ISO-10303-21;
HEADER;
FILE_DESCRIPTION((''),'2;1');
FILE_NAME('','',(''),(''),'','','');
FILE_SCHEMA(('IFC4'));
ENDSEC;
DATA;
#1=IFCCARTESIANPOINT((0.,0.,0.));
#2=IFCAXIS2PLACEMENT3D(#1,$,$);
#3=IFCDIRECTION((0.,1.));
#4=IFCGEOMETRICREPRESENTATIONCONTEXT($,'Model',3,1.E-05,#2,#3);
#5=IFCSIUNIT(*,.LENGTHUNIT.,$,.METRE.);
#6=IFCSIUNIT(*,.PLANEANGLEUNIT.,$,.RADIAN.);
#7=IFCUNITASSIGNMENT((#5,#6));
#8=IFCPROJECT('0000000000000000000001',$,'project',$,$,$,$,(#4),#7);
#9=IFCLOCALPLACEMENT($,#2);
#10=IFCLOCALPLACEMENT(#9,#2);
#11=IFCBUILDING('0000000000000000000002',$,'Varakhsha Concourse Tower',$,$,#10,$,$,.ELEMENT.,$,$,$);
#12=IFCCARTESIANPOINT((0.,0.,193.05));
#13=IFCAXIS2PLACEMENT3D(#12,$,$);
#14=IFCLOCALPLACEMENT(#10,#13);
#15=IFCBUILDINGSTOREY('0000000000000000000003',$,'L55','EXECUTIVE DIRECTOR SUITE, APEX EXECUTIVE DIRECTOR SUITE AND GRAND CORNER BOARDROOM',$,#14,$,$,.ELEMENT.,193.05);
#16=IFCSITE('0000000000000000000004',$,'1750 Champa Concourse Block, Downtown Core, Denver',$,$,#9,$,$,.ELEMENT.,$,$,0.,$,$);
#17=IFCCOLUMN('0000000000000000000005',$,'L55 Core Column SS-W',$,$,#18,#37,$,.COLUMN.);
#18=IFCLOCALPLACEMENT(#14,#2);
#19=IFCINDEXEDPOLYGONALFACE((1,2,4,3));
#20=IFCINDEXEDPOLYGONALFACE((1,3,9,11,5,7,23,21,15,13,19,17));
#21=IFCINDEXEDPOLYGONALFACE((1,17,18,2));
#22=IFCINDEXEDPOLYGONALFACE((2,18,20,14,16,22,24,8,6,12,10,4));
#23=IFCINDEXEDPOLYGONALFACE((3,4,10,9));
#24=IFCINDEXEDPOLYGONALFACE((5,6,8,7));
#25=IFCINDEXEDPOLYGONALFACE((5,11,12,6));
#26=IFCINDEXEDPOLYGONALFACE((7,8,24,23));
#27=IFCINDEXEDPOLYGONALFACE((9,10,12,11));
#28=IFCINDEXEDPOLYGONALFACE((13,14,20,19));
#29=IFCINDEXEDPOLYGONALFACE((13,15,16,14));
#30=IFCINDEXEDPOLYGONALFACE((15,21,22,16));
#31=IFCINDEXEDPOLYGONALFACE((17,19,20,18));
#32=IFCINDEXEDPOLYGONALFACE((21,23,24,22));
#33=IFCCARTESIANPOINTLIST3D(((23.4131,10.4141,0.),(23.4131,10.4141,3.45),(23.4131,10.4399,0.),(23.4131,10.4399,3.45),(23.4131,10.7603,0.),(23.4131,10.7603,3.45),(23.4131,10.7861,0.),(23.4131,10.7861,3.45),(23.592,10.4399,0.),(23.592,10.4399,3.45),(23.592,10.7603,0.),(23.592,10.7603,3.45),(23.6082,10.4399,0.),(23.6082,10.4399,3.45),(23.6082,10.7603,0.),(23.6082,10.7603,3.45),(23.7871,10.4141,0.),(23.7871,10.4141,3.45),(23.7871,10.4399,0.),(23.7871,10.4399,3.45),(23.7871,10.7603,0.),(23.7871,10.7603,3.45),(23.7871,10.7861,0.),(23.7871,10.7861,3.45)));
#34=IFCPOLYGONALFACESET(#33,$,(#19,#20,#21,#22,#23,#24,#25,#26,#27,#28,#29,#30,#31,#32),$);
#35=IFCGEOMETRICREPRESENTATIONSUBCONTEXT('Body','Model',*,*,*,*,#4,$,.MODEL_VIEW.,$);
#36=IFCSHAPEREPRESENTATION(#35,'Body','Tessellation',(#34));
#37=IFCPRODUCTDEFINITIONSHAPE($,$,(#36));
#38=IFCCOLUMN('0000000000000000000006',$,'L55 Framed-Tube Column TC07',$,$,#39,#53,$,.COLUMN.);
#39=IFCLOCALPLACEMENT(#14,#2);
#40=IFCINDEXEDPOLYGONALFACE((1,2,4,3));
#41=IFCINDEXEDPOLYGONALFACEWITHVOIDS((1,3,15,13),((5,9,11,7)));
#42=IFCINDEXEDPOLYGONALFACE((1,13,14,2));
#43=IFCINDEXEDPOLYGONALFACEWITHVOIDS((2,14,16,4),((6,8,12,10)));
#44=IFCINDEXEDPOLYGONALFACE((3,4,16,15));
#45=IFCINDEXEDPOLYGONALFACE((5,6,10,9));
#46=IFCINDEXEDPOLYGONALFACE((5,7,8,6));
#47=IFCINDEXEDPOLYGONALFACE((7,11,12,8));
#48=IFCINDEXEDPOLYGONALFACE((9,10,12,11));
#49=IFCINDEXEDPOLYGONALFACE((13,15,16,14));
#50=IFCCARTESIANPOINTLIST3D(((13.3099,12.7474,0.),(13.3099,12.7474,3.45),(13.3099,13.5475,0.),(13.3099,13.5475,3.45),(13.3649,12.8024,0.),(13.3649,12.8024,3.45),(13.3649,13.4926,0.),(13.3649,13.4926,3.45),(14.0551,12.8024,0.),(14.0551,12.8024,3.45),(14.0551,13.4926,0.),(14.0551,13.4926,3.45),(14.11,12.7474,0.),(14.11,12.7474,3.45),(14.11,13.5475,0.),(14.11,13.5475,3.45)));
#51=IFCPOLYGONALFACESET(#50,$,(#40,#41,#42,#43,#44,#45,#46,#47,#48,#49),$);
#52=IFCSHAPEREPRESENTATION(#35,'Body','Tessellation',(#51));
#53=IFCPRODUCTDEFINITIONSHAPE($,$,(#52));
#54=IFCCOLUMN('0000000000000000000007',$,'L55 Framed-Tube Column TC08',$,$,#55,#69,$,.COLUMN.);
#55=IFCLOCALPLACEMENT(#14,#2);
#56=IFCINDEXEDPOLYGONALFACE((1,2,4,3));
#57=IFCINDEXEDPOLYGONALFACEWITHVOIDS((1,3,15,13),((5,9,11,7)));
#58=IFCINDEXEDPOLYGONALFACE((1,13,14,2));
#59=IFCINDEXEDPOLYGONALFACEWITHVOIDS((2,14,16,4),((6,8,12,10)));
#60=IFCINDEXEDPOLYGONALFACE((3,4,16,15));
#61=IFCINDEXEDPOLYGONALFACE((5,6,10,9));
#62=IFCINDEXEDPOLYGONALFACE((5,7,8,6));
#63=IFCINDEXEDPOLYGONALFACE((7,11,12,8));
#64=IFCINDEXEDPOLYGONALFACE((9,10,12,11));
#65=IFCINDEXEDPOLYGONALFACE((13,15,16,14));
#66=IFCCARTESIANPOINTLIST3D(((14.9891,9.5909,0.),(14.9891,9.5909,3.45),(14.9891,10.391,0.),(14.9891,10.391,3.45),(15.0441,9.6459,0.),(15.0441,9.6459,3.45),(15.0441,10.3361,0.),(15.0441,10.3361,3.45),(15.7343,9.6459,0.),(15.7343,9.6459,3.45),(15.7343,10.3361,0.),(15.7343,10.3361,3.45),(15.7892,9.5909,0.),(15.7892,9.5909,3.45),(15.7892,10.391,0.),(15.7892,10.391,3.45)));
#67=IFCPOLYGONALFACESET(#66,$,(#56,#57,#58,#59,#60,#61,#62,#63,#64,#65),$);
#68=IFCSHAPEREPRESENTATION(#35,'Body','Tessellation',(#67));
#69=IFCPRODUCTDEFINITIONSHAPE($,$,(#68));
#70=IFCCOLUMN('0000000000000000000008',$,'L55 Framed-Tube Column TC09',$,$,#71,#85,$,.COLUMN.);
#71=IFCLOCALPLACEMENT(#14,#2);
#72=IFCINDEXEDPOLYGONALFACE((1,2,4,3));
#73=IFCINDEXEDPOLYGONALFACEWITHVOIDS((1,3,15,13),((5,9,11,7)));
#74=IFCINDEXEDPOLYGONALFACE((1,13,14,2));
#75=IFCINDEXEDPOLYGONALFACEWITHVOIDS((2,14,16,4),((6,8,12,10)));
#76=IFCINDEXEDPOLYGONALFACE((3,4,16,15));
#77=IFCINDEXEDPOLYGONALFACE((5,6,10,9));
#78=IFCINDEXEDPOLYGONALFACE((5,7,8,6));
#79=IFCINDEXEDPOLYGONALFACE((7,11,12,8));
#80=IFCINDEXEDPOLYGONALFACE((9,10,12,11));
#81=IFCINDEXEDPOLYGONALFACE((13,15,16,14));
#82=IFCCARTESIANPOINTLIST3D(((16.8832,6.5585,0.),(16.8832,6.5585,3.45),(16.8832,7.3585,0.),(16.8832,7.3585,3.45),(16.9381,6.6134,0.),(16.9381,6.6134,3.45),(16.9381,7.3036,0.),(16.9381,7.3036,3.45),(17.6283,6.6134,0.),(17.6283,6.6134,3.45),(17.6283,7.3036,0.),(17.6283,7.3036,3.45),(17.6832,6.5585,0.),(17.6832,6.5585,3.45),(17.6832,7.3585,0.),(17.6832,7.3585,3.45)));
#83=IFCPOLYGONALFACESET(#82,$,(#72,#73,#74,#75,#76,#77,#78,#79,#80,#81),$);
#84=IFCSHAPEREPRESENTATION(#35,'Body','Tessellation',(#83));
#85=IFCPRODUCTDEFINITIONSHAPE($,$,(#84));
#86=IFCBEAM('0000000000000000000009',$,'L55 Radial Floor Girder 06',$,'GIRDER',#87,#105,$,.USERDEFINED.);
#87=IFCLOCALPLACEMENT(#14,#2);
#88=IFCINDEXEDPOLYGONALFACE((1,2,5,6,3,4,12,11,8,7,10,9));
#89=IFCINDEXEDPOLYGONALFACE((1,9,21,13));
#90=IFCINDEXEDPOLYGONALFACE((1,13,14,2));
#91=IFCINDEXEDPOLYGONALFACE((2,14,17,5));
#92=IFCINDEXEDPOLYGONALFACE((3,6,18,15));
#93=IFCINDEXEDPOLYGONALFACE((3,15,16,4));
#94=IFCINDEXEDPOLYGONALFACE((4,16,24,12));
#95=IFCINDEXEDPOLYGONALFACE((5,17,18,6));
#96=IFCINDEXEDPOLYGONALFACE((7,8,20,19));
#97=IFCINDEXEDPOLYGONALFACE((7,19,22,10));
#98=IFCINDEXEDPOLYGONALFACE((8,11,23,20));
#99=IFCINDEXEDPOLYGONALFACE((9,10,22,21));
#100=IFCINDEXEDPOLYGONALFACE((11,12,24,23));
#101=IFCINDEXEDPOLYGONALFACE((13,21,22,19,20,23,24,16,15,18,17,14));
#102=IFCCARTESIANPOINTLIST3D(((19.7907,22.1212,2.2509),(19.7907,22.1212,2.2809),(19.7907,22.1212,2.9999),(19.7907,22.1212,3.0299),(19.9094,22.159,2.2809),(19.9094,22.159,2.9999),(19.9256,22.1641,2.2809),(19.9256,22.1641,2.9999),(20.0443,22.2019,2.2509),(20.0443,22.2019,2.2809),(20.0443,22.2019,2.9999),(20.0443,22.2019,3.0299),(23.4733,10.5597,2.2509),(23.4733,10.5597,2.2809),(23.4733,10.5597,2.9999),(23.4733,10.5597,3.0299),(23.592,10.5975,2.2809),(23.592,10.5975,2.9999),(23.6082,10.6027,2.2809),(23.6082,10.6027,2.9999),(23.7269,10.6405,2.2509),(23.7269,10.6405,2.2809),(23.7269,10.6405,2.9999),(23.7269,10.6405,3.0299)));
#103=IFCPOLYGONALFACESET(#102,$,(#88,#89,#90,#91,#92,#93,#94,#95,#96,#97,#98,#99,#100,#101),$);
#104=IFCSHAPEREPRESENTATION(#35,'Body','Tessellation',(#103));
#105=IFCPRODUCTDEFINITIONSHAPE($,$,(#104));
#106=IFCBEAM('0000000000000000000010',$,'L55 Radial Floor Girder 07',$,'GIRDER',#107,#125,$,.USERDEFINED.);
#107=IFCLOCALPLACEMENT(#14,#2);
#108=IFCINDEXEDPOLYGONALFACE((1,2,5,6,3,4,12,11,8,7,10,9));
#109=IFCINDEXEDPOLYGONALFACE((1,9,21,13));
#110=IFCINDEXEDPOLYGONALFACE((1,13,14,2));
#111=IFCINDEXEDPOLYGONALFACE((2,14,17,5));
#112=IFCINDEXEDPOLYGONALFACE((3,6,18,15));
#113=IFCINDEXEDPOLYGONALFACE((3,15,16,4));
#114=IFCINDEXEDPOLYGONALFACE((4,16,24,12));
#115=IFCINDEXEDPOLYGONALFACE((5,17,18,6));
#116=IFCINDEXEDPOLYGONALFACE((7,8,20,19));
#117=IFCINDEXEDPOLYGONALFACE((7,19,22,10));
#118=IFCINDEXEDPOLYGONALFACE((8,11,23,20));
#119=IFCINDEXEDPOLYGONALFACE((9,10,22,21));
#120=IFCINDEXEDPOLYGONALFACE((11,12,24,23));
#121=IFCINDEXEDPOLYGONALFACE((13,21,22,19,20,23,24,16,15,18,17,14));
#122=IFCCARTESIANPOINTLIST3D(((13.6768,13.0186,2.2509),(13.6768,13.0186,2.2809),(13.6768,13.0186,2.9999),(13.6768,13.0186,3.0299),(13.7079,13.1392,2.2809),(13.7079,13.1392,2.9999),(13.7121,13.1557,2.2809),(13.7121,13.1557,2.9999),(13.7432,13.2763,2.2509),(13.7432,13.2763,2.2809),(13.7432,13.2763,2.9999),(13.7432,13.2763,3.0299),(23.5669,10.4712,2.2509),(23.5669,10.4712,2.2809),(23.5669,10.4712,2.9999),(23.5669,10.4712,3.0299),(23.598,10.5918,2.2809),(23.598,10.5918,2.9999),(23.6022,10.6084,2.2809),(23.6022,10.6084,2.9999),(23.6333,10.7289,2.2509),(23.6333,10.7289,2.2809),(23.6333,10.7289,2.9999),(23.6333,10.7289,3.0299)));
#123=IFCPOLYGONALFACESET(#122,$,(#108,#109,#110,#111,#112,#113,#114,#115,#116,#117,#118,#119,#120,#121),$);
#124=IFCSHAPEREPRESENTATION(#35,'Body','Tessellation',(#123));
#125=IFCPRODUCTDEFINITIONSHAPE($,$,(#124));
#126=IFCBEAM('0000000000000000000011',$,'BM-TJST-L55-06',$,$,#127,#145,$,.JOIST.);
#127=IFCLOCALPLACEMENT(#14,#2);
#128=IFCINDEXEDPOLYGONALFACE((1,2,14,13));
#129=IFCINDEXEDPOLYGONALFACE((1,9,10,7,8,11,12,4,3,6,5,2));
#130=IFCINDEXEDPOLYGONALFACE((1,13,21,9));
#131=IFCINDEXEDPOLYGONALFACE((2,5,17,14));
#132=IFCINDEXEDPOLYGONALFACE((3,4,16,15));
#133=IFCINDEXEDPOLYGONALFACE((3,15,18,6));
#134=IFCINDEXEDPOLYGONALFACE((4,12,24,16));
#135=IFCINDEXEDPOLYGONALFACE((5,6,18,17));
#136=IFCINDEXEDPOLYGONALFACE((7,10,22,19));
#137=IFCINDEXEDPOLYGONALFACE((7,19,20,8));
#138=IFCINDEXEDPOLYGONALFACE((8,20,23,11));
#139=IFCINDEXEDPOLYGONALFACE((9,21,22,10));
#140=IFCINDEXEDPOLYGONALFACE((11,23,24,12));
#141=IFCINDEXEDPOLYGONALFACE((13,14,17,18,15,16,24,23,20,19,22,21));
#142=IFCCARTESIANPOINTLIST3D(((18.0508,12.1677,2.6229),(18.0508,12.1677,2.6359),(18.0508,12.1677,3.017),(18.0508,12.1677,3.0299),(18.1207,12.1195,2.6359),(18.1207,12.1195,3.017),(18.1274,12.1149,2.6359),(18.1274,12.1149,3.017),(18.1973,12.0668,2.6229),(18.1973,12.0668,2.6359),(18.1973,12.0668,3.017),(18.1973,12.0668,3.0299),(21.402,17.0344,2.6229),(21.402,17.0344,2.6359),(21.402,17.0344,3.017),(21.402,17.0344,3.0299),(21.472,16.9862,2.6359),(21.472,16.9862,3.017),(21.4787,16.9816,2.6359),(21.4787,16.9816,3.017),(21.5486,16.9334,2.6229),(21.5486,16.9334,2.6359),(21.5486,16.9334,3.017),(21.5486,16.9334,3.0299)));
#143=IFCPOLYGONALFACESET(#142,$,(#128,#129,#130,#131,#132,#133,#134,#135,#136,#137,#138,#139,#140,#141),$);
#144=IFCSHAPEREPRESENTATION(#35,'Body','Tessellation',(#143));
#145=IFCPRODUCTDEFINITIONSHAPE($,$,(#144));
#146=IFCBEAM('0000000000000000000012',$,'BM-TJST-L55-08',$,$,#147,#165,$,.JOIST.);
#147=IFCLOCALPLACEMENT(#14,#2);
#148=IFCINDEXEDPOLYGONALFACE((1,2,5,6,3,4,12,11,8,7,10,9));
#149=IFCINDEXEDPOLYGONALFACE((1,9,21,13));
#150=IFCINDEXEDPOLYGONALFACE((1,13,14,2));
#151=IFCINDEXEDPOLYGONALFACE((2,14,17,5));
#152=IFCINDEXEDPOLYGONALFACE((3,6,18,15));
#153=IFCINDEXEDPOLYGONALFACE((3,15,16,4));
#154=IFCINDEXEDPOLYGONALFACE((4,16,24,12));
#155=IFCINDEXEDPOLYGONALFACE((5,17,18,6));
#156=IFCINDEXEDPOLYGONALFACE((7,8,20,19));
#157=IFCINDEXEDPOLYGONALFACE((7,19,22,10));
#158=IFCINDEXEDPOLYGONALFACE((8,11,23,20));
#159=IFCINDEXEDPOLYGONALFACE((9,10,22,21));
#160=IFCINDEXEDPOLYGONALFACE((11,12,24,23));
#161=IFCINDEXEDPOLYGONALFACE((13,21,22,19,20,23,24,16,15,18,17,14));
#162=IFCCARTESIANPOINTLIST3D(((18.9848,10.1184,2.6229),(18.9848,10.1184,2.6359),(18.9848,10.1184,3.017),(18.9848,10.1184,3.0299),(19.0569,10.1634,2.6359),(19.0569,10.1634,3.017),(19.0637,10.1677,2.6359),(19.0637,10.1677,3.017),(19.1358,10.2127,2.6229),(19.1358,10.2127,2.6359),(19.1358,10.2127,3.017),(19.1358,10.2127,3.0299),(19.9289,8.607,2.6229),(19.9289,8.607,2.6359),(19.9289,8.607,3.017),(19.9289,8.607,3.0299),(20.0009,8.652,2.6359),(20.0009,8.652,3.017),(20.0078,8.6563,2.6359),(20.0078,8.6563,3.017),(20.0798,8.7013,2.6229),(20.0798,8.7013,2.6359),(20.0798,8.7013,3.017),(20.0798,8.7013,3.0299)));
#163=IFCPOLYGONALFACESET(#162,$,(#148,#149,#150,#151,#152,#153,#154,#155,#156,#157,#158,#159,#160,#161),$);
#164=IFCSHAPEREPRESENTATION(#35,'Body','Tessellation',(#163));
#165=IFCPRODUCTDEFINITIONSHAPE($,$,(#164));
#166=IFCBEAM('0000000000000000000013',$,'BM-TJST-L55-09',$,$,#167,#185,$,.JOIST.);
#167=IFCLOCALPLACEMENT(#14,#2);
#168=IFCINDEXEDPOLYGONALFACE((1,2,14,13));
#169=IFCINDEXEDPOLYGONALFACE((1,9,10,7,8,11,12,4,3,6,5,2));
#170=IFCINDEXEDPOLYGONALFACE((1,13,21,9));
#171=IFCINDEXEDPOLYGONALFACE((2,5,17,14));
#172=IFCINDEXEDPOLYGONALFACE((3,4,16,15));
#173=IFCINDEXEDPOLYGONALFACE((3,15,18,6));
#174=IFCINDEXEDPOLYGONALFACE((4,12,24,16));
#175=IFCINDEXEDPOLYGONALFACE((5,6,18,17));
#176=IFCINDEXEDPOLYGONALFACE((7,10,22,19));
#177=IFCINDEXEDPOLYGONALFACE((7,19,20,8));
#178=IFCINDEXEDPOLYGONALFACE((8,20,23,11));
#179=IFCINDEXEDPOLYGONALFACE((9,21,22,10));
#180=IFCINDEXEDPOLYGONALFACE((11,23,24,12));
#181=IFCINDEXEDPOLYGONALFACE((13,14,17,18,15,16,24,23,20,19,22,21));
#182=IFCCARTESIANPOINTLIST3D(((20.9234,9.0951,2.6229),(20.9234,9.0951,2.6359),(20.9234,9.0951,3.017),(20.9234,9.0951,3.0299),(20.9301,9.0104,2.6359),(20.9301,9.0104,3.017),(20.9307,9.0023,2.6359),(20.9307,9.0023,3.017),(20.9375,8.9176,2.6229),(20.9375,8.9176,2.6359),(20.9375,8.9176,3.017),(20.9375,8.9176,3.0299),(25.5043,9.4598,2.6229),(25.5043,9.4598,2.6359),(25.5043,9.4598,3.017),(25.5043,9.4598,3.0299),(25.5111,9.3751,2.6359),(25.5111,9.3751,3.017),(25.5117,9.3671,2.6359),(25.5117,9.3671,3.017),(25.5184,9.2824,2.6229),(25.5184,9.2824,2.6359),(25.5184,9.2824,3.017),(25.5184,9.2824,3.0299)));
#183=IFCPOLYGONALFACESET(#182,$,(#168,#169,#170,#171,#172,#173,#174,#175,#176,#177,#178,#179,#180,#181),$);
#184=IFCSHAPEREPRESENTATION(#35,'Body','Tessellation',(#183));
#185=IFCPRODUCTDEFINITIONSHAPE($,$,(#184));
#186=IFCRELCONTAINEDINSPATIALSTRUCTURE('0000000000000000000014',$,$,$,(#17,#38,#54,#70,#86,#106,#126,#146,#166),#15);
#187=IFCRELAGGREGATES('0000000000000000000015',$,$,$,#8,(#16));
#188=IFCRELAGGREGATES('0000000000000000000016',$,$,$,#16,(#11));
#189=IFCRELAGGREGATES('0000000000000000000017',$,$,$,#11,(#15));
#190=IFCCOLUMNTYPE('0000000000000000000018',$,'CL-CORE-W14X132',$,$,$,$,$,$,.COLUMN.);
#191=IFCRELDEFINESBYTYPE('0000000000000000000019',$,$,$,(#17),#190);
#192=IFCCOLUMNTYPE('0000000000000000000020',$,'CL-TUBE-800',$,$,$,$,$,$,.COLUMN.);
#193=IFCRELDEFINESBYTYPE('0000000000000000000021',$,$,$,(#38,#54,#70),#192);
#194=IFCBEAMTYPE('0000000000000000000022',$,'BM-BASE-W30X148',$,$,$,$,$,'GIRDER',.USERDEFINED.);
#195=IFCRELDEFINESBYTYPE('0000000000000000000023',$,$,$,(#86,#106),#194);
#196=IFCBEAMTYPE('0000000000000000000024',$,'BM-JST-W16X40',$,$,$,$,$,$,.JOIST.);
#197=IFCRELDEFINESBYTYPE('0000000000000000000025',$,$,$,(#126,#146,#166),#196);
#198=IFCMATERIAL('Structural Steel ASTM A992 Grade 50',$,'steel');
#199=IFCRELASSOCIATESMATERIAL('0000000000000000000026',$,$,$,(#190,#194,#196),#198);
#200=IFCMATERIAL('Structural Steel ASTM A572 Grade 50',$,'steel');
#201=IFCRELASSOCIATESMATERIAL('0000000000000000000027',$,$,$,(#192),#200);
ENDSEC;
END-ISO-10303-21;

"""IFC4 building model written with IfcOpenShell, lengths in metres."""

from ifc_helpers import new_model, si_unit, direction, frame, origin, origin_2d, place, context, subcontext, project, spatial, hollow_rectangle, i_section, extrude, material, material_profile, profile_set, type_object, element, save


model = new_model("IFC4")

# Units and contexts
model_context = context("Model", 3, precision=1e-05, world=origin(), true_north=direction((0.0, 1.0)))
body_context = subcontext(model_context, "Body", "Model", "MODEL_VIEW")
ifc_project = project(units=[si_unit("LENGTHUNIT", "METRE"), si_unit("PLANEANGLEUNIT", "RADIAN")], contexts=[model_context])

# Site, building, storey
site_placement = place(None, origin())
site = spatial("IfcSite", under=ifc_project, at=site_placement, Name="1750 Champa Concourse Block, Downtown Core, Denver", CompositionType="ELEMENT", RefElevation=0.0)
building_placement = place(site_placement, origin())
building = spatial("IfcBuilding", under=site, at=building_placement, Name="Varakhsha Concourse Tower", CompositionType="ELEMENT")
storey_placement = place(building_placement, frame((0.0, 0.0, 193.05)))
storey = spatial("IfcBuildingStorey", under=building, at=storey_placement, Name="L55", Description="EXECUTIVE DIRECTOR SUITE, APEX EXECUTIVE DIRECTOR SUITE AND GRAND CORNER BOARDROOM", CompositionType="ELEMENT", Elevation=193.05)

# Columns
ifc_material_1 = material(Name="Structural Steel ASTM A992 Grade 50", Category="steel")
ifc_material_profile_1 = material_profile(ifc_material_1, i_section(OverallWidth=0.374, OverallDepth=0.3721, WebThickness=0.0161, FlangeThickness=0.0259, at=origin_2d()), Name="W14X132")
ifc_profile_set_1 = profile_set([ifc_material_profile_1], Name="Structural Steel ASTM A992 Grade 50")
column_type_1 = type_object("IfcColumnType", Name="CL-CORE-W14X132", PredefinedType="COLUMN", material=ifc_profile_set_1)
column_placement = place(storey_placement, frame((23.6001, 10.6001, 0.0), z_axis=(0.0, 0.0, 1.0), x_axis=(1.0, 0.0, 0.0)))
element("IfcColumn", 1, at=column_placement, inside=storey, type_object=column_type_1, Name="L55 Core Column SS-W", PredefinedType="COLUMN", context=body_context, shape_type="SweptSolid", body=[
    extrude(i_section(OverallWidth=0.374, OverallDepth=0.3721, WebThickness=0.0161, FlangeThickness=0.0259, at=origin_2d()), origin(), (0.0, 0.0, 1.0), 3.45),
])
ifc_material_2 = material(Name="Structural Steel ASTM A572 Grade 50", Category="steel")
ifc_material_profile_2 = material_profile(ifc_material_2, hollow_rectangle(XDim=0.8, YDim=0.8, WallThickness=0.0549, at=origin_2d()), Name="BOX 800x800x55")
ifc_profile_set_2 = profile_set([ifc_material_profile_2], Name="Structural Steel ASTM A572 Grade 50")
column_type_2 = type_object("IfcColumnType", Name="CL-TUBE-800", PredefinedType="COLUMN", material=ifc_profile_set_2)
for number, where, z_axis, x_axis, name in (
    (2, (13.71, 13.1475, 0.0), (0.0, 0.0, 1.0), (1.0, 0.0, 0.0), "L55 Framed-Tube Column TC07"),
    (3, (15.3892, 9.991, 0.0), (0.0, 0.0, 1.0), (1.0, 0.0, 0.0), "L55 Framed-Tube Column TC08"),
    (4, (17.2832, 6.9585, 0.0), (0.0, 0.0, 1.0), (1.0, 0.0, 0.0), "L55 Framed-Tube Column TC09"),
):
    element("IfcColumn", number, at=place(storey_placement, frame(where, z_axis=z_axis, x_axis=x_axis)), inside=storey, type_object=column_type_2, Name=name, PredefinedType="COLUMN", context=body_context, shape_type="SweptSolid", body=[
        extrude(hollow_rectangle(XDim=0.8, YDim=0.8, WallThickness=0.0549, at=origin_2d()), origin(), (0.0, 0.0, 1.0), 3.45),
    ])

# Beams
ifc_material_profile_3 = material_profile(ifc_material_1, i_section(OverallWidth=0.2661, OverallDepth=0.7791, WebThickness=0.0171, FlangeThickness=0.03, at=origin_2d()), Name="W30X148")
ifc_profile_set_3 = profile_set([ifc_material_profile_3], Name="Structural Steel ASTM A992 Grade 50")
beam_type_1 = type_object("IfcBeamType", Name="BM-BASE-W30X148", ElementType="GIRDER", PredefinedType="USERDEFINED", material=ifc_profile_set_3)
beam_1_placement = place(storey_placement, frame((23.6001, 10.6001, 2.6404), z_axis=(-0.303499, 0.952832, 0.0), x_axis=(-0.952832, -0.303499, 0.0)))
element("IfcBeam", 5, at=beam_1_placement, inside=storey, type_object=beam_type_1, Name="L55 Radial Floor Girder 06", ObjectType="GIRDER", PredefinedType="USERDEFINED", context=body_context, shape_type="SweptSolid", body=[
    extrude(i_section(OverallWidth=0.2661, OverallDepth=0.7791, WebThickness=0.0171, FlangeThickness=0.03, at=origin_2d()), origin(), (0.0, 0.0, 1.0), 12.1338),
])
beam_2_placement = place(storey_placement, frame((23.6001, 10.6001, 2.6404), z_axis=(-0.968394, 0.249425, 0.0), x_axis=(-0.249425, -0.968394, 0.0)))
element("IfcBeam", 6, at=beam_2_placement, inside=storey, type_object=beam_type_1, Name="L55 Radial Floor Girder 07", ObjectType="GIRDER", PredefinedType="USERDEFINED", context=body_context, shape_type="SweptSolid", body=[
    extrude(i_section(OverallWidth=0.2661, OverallDepth=0.7791, WebThickness=0.0171, FlangeThickness=0.03, at=origin_2d()), origin(), (0.0, 0.0, 1.0), 10.2129),
])
ifc_material_profile_4 = material_profile(ifc_material_1, i_section(OverallWidth=0.178, OverallDepth=0.407, WebThickness=0.0081, FlangeThickness=0.0129, at=origin_2d()), Name="W16X40")
ifc_profile_set_4 = profile_set([ifc_material_profile_4], Name="Structural Steel ASTM A992 Grade 50")
beam_type_2 = type_object("IfcBeamType", Name="BM-JST-W16X40", PredefinedType="JOIST", material=ifc_profile_set_4)
beam_3_placement = place(storey_placement, frame((21.4753, 16.9839, 2.8264), z_axis=(-0.567156, -0.82361, 0.0), x_axis=(0.82361, -0.567156, 0.0)))
element("IfcBeam", 7, at=beam_3_placement, inside=storey, type_object=beam_type_2, Name="BM-TJST-L55-06", PredefinedType="JOIST", context=body_context, shape_type="SweptSolid", body=[
    extrude(i_section(OverallWidth=0.178, OverallDepth=0.407, WebThickness=0.0081, FlangeThickness=0.0129, at=origin_2d()), origin(), (0.0, 0.0, 1.0), 5.9089),
])
beam_4_placement = place(storey_placement, frame((19.0603, 10.1655, 2.8264), z_axis=(0.529765, -0.848145, 0.0), x_axis=(0.848145, 0.529765, 0.0)))
element("IfcBeam", 8, at=beam_4_placement, inside=storey, type_object=beam_type_2, Name="BM-TJST-L55-08", PredefinedType="JOIST", context=body_context, shape_type="SweptSolid", body=[
    extrude(i_section(OverallWidth=0.178, OverallDepth=0.407, WebThickness=0.0081, FlangeThickness=0.0129, at=origin_2d()), origin(), (0.0, 0.0, 1.0), 1.782),
])
beam_5_placement = place(storey_placement, frame((20.9304, 9.0063, 2.8264), z_axis=(0.996845, 0.079369, 0.0), x_axis=(-0.079369, 0.996845, 0.0)))
element("IfcBeam", 9, at=beam_5_placement, inside=storey, type_object=beam_type_2, Name="BM-TJST-L55-09", PredefinedType="JOIST", context=body_context, shape_type="SweptSolid", body=[
    extrude(i_section(OverallWidth=0.178, OverallDepth=0.407, WebThickness=0.0081, FlangeThickness=0.0129, at=origin_2d()), origin(), (0.0, 0.0, 1.0), 4.5955),
])

save(model, "model.ifc")
